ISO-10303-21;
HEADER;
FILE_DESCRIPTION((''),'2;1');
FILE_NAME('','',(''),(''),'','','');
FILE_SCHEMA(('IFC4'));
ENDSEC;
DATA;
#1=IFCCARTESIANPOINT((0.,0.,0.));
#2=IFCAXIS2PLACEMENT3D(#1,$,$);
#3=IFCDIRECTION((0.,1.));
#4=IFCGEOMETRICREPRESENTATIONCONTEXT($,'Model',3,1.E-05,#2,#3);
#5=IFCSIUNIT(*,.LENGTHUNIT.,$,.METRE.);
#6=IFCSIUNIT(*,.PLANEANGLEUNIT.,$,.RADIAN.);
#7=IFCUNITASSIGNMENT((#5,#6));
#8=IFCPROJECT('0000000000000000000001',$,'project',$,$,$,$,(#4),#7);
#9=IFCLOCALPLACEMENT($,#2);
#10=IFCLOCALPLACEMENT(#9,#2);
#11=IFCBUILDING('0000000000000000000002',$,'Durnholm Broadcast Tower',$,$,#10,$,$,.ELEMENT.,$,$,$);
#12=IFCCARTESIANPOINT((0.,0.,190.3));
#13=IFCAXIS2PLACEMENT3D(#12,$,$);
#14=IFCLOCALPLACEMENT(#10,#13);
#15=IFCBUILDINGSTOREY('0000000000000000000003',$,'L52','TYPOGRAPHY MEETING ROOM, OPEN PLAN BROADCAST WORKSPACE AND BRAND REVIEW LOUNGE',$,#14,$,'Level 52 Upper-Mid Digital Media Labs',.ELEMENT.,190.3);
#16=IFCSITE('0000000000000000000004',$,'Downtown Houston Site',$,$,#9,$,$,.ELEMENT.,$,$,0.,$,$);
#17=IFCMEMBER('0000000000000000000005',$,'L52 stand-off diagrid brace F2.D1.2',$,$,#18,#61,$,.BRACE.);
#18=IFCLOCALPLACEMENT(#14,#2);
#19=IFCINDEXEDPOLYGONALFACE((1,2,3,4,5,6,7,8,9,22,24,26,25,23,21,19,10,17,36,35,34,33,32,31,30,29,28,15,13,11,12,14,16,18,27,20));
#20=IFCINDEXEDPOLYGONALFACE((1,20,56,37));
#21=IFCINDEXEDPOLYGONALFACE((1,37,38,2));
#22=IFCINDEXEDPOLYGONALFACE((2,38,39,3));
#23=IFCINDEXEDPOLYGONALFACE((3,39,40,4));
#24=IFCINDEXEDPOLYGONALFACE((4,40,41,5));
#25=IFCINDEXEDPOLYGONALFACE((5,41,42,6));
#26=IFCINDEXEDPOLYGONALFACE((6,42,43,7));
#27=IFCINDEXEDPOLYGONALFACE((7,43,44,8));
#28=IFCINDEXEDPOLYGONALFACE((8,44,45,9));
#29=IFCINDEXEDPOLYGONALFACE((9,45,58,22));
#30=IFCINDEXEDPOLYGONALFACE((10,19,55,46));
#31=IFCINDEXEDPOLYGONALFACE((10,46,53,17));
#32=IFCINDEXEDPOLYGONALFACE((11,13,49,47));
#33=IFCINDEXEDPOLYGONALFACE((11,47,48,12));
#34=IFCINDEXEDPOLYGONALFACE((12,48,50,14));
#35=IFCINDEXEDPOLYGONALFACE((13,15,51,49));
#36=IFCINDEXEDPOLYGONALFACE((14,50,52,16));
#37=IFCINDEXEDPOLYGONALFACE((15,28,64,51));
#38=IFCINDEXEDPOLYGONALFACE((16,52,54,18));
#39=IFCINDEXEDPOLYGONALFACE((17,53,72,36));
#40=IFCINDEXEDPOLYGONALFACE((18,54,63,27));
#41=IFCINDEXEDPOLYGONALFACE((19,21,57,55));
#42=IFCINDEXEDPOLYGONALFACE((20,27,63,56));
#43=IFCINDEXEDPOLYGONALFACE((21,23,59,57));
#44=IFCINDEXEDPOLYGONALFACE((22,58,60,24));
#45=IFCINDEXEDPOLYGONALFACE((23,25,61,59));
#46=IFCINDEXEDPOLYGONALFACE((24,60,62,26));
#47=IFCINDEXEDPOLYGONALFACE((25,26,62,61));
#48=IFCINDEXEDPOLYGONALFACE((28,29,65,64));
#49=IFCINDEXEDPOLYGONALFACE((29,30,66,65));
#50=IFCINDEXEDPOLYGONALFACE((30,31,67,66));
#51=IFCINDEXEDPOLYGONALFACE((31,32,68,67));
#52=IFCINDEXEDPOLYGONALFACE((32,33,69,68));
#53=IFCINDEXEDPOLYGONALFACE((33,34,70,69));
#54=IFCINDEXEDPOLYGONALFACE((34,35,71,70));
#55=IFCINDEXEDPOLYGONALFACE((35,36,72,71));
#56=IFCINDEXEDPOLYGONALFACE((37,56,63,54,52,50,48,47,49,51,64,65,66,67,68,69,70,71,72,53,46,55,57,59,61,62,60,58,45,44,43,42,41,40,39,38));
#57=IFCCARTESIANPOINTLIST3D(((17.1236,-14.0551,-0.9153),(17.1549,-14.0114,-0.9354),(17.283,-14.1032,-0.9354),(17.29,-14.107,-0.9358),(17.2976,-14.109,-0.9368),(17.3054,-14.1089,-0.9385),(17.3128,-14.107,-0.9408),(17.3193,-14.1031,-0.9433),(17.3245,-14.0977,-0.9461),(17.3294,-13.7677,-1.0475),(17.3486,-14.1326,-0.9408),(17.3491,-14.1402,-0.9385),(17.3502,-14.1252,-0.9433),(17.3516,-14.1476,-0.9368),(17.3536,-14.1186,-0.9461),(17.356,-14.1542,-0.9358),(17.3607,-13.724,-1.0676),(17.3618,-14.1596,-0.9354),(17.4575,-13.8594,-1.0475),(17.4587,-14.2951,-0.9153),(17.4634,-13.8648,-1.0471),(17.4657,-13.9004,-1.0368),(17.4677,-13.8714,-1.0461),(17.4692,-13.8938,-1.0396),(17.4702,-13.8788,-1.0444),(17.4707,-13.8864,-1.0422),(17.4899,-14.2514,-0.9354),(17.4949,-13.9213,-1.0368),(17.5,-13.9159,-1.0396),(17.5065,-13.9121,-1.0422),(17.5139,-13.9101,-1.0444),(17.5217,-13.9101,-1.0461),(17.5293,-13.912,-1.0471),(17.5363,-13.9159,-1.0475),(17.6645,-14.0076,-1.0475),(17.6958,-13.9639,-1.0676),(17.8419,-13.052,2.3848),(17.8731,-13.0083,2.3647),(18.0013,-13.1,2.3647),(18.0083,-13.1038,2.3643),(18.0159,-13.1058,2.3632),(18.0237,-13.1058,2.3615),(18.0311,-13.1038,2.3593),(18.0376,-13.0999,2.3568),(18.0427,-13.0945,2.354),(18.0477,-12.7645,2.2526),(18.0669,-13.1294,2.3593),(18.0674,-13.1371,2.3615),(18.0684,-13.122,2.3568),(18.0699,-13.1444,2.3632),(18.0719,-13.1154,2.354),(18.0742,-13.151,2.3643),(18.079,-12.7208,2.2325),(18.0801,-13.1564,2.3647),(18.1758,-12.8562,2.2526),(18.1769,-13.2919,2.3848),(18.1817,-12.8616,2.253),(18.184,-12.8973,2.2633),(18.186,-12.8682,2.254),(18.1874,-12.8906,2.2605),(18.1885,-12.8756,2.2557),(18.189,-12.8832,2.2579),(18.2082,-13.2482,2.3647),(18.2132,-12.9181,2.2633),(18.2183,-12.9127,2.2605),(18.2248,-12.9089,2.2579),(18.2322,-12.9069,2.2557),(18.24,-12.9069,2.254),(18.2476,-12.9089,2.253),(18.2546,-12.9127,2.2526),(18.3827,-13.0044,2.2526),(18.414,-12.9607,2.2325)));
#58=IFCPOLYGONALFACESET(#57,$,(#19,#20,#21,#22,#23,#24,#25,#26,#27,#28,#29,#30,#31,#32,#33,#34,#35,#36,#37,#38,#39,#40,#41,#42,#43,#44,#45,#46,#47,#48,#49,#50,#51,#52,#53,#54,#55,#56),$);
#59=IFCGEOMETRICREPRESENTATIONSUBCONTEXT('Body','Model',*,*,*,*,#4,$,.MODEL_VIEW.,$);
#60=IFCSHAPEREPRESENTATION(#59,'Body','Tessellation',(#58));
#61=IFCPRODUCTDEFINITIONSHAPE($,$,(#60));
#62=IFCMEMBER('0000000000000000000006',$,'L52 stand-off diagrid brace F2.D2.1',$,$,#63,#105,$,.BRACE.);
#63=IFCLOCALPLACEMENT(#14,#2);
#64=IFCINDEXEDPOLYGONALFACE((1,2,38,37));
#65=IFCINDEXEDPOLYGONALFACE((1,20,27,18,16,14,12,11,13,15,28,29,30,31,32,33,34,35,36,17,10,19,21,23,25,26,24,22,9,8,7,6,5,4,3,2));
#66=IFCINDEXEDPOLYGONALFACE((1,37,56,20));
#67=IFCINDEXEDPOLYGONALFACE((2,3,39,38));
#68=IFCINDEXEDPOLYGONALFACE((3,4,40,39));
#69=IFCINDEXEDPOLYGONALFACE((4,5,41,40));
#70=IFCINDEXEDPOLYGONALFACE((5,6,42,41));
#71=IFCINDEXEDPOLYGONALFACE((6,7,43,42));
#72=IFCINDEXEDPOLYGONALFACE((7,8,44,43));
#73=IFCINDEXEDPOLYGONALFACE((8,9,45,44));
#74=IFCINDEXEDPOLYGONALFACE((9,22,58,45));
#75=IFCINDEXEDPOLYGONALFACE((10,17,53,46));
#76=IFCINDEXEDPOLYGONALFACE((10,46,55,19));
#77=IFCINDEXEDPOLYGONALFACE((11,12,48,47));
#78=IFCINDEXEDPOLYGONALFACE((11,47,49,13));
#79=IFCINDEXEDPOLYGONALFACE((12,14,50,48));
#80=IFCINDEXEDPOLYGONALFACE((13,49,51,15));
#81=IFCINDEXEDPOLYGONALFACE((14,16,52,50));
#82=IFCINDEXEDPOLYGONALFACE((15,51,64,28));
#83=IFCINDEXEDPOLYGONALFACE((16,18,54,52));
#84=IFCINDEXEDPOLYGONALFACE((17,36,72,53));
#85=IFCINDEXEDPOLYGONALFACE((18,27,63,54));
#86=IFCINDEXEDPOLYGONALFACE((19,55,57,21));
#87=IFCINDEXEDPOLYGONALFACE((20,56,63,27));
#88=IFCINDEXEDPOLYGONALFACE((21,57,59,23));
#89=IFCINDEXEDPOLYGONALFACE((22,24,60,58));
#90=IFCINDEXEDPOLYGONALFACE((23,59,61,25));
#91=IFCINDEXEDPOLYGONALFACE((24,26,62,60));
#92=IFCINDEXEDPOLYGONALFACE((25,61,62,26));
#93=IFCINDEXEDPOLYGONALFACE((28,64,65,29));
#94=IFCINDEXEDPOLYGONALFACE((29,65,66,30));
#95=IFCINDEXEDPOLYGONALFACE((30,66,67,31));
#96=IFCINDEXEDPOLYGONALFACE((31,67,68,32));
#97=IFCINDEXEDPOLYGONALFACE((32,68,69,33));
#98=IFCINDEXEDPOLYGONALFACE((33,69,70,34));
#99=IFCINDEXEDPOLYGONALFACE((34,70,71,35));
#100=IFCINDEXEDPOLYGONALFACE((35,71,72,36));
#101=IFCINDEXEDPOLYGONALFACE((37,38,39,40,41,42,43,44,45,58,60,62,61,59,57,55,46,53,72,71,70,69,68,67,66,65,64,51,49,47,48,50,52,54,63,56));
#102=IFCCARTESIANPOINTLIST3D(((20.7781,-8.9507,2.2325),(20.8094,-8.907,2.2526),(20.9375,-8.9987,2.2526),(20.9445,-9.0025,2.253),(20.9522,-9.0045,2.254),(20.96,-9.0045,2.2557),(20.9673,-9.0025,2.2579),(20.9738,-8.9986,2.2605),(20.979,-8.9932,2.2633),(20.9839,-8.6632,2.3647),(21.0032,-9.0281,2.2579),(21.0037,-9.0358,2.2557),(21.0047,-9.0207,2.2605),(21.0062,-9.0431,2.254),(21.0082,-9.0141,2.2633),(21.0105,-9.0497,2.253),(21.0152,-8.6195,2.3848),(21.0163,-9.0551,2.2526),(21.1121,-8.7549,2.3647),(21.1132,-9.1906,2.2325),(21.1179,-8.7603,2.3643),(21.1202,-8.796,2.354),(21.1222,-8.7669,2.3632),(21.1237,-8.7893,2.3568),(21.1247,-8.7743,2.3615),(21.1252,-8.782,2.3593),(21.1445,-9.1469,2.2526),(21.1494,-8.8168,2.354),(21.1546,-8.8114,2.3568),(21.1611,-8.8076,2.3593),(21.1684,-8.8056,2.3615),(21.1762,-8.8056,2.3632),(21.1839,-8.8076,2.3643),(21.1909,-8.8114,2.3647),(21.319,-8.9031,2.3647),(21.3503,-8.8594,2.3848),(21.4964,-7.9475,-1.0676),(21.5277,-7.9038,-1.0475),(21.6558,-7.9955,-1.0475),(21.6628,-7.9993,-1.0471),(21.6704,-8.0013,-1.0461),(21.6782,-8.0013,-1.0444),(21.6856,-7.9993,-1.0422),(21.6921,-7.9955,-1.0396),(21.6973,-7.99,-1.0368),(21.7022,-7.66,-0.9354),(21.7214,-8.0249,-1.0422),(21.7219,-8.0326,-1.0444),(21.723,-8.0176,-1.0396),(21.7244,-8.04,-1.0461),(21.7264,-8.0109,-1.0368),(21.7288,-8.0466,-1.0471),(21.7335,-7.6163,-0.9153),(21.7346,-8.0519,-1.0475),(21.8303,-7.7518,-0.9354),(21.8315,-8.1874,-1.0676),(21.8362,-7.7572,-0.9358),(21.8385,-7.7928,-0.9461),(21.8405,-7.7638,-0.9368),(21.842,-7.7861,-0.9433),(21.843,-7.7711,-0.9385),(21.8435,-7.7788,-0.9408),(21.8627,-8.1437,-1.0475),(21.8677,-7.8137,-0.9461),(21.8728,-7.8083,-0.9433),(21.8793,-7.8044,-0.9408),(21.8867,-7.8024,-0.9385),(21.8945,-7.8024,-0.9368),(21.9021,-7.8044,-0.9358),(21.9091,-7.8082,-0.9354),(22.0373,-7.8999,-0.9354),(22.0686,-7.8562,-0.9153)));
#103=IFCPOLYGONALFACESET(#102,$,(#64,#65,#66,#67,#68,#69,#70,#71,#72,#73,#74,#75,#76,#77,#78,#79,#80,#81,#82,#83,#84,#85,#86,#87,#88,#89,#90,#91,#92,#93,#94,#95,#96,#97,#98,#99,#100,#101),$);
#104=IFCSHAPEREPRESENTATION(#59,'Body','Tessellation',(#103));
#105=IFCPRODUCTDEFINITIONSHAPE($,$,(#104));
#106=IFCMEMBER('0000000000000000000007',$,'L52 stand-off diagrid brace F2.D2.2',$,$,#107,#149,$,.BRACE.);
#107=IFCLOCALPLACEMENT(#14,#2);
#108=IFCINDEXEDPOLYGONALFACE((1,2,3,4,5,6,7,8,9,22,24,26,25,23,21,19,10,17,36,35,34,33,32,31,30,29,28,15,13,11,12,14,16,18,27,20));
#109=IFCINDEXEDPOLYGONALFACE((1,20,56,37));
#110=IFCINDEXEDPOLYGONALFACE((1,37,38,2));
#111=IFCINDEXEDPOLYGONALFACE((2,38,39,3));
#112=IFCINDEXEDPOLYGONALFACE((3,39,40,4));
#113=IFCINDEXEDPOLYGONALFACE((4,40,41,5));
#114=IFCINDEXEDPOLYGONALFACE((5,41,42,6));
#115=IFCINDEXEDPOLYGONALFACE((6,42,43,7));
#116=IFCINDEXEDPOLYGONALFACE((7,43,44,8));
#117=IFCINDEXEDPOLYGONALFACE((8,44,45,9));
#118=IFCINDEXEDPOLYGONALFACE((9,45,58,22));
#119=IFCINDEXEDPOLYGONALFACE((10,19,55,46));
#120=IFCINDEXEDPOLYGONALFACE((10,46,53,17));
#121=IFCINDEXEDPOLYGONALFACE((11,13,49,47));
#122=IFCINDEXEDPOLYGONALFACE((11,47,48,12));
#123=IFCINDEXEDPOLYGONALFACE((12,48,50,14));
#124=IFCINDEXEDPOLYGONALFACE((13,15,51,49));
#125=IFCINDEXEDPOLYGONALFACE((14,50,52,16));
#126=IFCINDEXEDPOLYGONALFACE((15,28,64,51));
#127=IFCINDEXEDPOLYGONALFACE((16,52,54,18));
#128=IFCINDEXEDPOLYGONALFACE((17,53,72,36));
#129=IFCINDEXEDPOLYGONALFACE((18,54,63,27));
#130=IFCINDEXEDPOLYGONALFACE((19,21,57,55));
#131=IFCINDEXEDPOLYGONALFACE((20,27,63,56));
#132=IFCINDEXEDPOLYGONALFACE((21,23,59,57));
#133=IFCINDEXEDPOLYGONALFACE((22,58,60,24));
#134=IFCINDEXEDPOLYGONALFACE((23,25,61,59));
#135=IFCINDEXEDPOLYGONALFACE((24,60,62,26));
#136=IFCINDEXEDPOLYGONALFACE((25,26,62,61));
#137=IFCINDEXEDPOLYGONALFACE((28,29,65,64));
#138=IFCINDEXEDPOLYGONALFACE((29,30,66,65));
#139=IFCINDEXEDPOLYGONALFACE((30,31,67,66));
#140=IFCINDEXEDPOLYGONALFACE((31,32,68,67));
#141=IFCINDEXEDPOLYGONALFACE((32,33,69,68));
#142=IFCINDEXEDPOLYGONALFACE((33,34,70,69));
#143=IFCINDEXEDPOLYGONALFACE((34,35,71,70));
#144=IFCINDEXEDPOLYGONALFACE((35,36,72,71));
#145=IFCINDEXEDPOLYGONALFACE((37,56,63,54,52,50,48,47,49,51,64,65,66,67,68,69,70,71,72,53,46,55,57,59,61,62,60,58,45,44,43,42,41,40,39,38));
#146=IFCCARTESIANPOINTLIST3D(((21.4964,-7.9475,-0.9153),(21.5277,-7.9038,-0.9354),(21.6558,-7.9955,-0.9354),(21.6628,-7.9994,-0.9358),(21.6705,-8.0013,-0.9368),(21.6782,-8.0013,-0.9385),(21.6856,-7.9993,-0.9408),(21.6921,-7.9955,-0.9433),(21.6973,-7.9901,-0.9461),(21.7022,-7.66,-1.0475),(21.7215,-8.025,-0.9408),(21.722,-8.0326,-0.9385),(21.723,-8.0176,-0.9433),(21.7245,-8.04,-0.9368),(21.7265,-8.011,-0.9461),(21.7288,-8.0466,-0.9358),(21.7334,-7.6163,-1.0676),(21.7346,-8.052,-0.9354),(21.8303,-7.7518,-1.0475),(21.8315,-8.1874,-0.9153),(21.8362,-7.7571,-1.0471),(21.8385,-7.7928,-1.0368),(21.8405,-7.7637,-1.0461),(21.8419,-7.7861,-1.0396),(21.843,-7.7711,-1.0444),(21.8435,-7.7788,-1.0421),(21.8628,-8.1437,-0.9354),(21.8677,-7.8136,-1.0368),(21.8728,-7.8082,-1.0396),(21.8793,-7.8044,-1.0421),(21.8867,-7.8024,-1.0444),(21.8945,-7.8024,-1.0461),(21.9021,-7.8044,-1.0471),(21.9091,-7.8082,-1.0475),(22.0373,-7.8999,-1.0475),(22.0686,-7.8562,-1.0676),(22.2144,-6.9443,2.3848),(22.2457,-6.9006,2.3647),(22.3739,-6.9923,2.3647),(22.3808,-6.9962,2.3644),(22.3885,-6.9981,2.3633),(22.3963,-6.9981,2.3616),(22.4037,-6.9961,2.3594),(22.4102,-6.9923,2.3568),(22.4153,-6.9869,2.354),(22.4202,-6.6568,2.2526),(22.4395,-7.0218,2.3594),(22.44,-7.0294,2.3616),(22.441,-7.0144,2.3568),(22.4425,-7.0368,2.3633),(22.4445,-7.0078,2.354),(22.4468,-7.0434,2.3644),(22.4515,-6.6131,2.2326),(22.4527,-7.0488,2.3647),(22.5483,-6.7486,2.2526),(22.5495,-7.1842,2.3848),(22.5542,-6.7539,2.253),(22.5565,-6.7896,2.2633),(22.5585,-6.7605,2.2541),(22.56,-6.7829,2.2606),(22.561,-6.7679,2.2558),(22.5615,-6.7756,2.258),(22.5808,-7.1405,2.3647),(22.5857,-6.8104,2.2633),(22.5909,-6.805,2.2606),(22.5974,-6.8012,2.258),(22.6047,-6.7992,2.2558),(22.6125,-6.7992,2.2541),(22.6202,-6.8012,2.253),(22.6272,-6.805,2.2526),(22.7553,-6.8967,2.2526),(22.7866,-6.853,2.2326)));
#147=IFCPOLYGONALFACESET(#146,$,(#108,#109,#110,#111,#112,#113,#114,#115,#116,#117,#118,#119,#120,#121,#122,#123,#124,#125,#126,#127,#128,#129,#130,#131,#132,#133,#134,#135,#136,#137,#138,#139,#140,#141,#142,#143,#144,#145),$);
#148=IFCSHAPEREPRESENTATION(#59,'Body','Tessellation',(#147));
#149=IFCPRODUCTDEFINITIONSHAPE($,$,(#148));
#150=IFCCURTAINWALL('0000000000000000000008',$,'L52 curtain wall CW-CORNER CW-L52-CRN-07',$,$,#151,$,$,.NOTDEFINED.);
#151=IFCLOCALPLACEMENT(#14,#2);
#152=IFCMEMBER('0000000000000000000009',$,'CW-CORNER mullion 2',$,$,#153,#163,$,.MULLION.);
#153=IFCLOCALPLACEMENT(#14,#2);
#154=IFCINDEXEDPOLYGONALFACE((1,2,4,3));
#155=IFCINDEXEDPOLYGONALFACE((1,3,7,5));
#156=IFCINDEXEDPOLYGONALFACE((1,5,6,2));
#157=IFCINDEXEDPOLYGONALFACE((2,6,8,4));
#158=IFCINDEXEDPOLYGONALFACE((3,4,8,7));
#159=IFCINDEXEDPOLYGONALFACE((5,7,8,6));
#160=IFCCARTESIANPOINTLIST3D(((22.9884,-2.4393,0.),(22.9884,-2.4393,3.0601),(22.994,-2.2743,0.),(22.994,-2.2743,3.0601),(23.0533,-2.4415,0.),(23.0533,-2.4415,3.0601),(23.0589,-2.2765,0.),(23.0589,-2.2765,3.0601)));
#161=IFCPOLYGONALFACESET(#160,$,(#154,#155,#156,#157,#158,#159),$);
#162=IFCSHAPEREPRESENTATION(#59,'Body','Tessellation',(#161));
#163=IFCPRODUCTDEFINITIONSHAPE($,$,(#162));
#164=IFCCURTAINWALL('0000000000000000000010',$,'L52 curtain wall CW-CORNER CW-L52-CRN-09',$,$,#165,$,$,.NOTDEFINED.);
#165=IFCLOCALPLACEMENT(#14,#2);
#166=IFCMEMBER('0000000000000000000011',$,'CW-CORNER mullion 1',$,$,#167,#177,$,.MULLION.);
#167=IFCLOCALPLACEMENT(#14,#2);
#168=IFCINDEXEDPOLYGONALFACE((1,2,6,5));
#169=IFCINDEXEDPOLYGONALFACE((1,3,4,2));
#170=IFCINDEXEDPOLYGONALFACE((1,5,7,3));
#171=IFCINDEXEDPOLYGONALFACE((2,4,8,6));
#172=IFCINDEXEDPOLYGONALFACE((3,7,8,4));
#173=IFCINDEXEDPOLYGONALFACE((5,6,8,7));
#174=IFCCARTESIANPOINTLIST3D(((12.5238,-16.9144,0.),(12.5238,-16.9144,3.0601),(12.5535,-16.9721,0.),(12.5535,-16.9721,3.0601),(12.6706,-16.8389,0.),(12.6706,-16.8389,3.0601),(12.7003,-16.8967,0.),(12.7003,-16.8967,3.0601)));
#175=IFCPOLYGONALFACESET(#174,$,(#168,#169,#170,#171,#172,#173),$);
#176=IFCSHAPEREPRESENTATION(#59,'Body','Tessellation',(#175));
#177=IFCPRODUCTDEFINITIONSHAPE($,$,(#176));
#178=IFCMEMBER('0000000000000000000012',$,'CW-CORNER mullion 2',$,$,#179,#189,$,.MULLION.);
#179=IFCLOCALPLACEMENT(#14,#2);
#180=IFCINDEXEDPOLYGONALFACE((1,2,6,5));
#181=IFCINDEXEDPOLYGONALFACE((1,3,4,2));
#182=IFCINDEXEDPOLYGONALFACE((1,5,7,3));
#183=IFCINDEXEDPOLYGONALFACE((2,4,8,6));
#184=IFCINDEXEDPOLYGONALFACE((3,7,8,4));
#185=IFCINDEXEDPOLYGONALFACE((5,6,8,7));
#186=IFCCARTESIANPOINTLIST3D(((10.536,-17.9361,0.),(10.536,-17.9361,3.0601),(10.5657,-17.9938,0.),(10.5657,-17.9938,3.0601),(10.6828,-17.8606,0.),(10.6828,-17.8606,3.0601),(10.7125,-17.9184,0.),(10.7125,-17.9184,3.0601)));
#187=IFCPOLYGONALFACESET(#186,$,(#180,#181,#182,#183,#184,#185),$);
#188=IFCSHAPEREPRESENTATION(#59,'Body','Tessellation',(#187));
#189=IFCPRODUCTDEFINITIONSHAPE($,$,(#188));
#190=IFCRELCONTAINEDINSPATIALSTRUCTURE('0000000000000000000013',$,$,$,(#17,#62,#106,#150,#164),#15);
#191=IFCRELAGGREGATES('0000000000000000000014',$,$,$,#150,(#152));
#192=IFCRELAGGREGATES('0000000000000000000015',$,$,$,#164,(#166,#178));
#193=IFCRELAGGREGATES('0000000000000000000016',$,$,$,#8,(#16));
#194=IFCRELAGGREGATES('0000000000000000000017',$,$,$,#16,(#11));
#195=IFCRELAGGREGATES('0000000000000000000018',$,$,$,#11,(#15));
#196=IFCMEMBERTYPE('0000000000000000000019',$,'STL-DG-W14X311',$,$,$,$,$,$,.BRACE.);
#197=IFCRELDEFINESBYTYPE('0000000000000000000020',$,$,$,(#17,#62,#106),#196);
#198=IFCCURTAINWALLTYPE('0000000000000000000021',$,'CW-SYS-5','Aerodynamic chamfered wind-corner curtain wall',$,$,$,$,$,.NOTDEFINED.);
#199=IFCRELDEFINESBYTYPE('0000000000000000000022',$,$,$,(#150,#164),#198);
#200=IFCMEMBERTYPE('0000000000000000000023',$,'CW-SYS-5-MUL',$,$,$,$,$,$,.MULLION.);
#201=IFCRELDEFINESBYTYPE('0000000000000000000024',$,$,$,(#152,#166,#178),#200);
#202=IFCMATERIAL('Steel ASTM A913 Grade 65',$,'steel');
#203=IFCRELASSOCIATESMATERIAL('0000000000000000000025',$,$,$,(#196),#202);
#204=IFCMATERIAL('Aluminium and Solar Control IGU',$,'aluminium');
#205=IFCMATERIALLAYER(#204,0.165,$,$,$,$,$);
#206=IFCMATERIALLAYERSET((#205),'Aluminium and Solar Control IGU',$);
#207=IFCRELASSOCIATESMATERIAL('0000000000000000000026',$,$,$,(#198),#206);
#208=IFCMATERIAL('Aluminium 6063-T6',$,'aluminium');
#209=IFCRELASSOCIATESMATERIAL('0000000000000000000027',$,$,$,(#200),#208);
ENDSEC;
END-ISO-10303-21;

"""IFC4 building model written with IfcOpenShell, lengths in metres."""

from ifc_helpers import new_model, si_unit, direction, frame, origin, origin_2d, place, context, subcontext, project, spatial, rectangle, i_section, extrude, source, transform, mapped, material, layer, layer_set, material_profile, profile_set, type_object, type_shapes, element, aggregate, save


model = new_model("IFC4")

# Units and contexts
model_context = context("Model", 3, precision=1e-05, world=origin(), true_north=direction((0.0, 1.0)))
body_context = subcontext(model_context, "Body", "Model", "MODEL_VIEW")
ifc_project = project(units=[si_unit("LENGTHUNIT", "METRE"), si_unit("PLANEANGLEUNIT", "RADIAN")], contexts=[model_context])

# Site, building, storey
site_placement = place(None, origin())
site = spatial("IfcSite", under=ifc_project, at=site_placement, Name="Downtown Houston Site", CompositionType="ELEMENT", RefElevation=0.0)
building_placement = place(site_placement, origin())
building = spatial("IfcBuilding", under=site, at=building_placement, Name="Durnholm Broadcast Tower", CompositionType="ELEMENT")
storey_placement = place(building_placement, frame((0.0, 0.0, 190.3)))
storey = spatial("IfcBuildingStorey", under=building, at=storey_placement, Name="L52", Description="TYPOGRAPHY MEETING ROOM, OPEN PLAN BROADCAST WORKSPACE AND BRAND REVIEW LOUNGE", LongName="Level 52 Upper-Mid Digital Media Labs", CompositionType="ELEMENT", Elevation=190.3)

# Members
ifc_material_1 = material(Name="Steel ASTM A913 Grade 65", Category="steel")
ifc_material_profile_1 = material_profile(ifc_material_1, i_section(OverallWidth=0.4121, OverallDepth=0.4348, WebThickness=0.0359, FlangeThickness=0.0574, FilletRadius=0.0305, at=origin_2d()), Name="W14X311")
ifc_profile_set_1 = profile_set([ifc_material_profile_1], Name="Steel ASTM A913 Grade 65")
member_type_1 = type_object("IfcMemberType", Name="STL-DG-W14X311", PredefinedType="BRACE", material=ifc_profile_set_1)
shared_shape_1 = source(origin(), body_context, "Body", "SweptSolid", [
    extrude(i_section(OverallWidth=0.4121, OverallDepth=0.4348, WebThickness=0.0359, FlangeThickness=0.0574, FilletRadius=0.0305, at=origin_2d()), origin(), (0.0, 0.0, 1.0), 3.5232),
])
type_shapes(member_type_1, [shared_shape_1])
for number, where, z_axis, x_axis, name in (
    (1, (17.4097, -14.0095, -0.9915), (0.203869, 0.284738, 0.936676), (-0.813078, 0.582155, 0.0), "L52 stand-off diagrid brace F2.D1.2"),
    (2, (21.7825, -7.9019, -0.9915), (-0.203869, -0.284738, 0.936676), (0.813078, -0.582155, 0.0), "L52 stand-off diagrid brace F2.D2.1"),
    (3, (21.7825, -7.9019, -0.9915), (0.203803, 0.284742, 0.936689), (-0.813171, 0.582024, 0.0), "L52 stand-off diagrid brace F2.D2.2"),
):
    element("IfcMember", number, at=place(storey_placement, frame(where, z_axis=z_axis, x_axis=x_axis)), inside=storey, type_object=member_type_1, Name=name, PredefinedType="BRACE", context=body_context, shape_type="MappedRepresentation", body=[
        mapped(shared_shape_1, transform((0.0, 0.0, 0.0), x_axis=(1.0, 0.0, 0.0), y_axis=(0.0, 1.0, 0.0), z_axis=(0.0, 0.0, 1.0), scale=1.0)),
    ])

# Curtain wall, member
ifc_material_2 = material(Name="Aluminium and Solar Control IGU", Category="aluminium")
ifc_layer_1 = layer(ifc_material_2, 0.165)
ifc_layer_set_1 = layer_set([ifc_layer_1], Name="Aluminium and Solar Control IGU")
curtain_wall_type_1 = type_object("IfcCurtainWallType", Name="CW-SYS-5", Description="Aerodynamic chamfered wind-corner curtain wall", PredefinedType="NOTDEFINED", material=ifc_layer_set_1)
curtain_wall_1_placement = place(storey_placement, origin())
curtain_wall_1 = element("IfcCurtainWall", 4, at=curtain_wall_1_placement, inside=storey, type_object=curtain_wall_type_1, Name="L52 curtain wall CW-CORNER CW-L52-CRN-07", PredefinedType="NOTDEFINED")
ifc_material_3 = material(Name="Aluminium 6063-T6", Category="aluminium")
ifc_material_profile_2 = material_profile(ifc_material_3, rectangle(XDim=0.0649, YDim=0.165, at=origin_2d()), Name="CWM65X165")
ifc_profile_set_2 = profile_set([ifc_material_profile_2], Name="Aluminium 6063-T6")
member_type_2 = type_object("IfcMemberType", Name="CW-SYS-5-MUL", PredefinedType="MULLION", material=ifc_profile_set_2)
shared_shape_2 = source(origin(), body_context, "Body", "SweptSolid", [
    extrude(rectangle(XDim=0.0649, YDim=0.165, at=origin_2d()), origin(), (0.0, 0.0, 1.0), 3.0601),
])
type_shapes(member_type_2, [shared_shape_2])
member_1_placement = place(storey_placement, frame((23.0237, -2.3579, 0.0), z_axis=(0.0, 0.0, 1.0), x_axis=(0.999425, -0.033913, 0.0)))
member_1 = element("IfcMember", 5, at=member_1_placement, type_object=member_type_2, Name="CW-CORNER mullion 2", PredefinedType="MULLION", context=body_context, shape_type="MappedRepresentation", body=[
    mapped(shared_shape_2, transform((0.0, 0.0, 0.0), x_axis=(1.0, 0.0, 0.0), y_axis=(0.0, 1.0, 0.0), z_axis=(0.0, 0.0, 1.0), scale=1.0)),
])
aggregate(curtain_wall_1, [member_1])

# Curtain wall, members
curtain_wall_2_placement = place(storey_placement, origin())
curtain_wall_2 = element("IfcCurtainWall", 6, at=curtain_wall_2_placement, inside=storey, type_object=curtain_wall_type_1, Name="L52 curtain wall CW-CORNER CW-L52-CRN-09", PredefinedType="NOTDEFINED")
member_2_placement = place(storey_placement, frame((12.6121, -16.9055, 0.0), z_axis=(0.0, 0.0, 1.0), x_axis=(0.457082, -0.889425, 0.0)))
member_2 = element("IfcMember", 7, at=member_2_placement, type_object=member_type_2, Name="CW-CORNER mullion 1", PredefinedType="MULLION", context=body_context, shape_type="MappedRepresentation", body=[
    mapped(shared_shape_2, transform((0.0, 0.0, 0.0), x_axis=(1.0, 0.0, 0.0), y_axis=(0.0, 1.0, 0.0), z_axis=(0.0, 0.0, 1.0), scale=1.0)),
])
member_3_placement = place(storey_placement, frame((10.6243, -17.9272, 0.0), z_axis=(0.0, 0.0, 1.0), x_axis=(0.457082, -0.889425, 0.0)))
member_3 = element("IfcMember", 8, at=member_3_placement, type_object=member_type_2, Name="CW-CORNER mullion 2", PredefinedType="MULLION", context=body_context, shape_type="MappedRepresentation", body=[
    mapped(shared_shape_2, transform((0.0, 0.0, 0.0), x_axis=(1.0, 0.0, 0.0), y_axis=(0.0, 1.0, 0.0), z_axis=(0.0, 0.0, 1.0), scale=1.0)),
])

aggregate(curtain_wall_2, [member_2, member_3])

save(model, "model.ifc")
